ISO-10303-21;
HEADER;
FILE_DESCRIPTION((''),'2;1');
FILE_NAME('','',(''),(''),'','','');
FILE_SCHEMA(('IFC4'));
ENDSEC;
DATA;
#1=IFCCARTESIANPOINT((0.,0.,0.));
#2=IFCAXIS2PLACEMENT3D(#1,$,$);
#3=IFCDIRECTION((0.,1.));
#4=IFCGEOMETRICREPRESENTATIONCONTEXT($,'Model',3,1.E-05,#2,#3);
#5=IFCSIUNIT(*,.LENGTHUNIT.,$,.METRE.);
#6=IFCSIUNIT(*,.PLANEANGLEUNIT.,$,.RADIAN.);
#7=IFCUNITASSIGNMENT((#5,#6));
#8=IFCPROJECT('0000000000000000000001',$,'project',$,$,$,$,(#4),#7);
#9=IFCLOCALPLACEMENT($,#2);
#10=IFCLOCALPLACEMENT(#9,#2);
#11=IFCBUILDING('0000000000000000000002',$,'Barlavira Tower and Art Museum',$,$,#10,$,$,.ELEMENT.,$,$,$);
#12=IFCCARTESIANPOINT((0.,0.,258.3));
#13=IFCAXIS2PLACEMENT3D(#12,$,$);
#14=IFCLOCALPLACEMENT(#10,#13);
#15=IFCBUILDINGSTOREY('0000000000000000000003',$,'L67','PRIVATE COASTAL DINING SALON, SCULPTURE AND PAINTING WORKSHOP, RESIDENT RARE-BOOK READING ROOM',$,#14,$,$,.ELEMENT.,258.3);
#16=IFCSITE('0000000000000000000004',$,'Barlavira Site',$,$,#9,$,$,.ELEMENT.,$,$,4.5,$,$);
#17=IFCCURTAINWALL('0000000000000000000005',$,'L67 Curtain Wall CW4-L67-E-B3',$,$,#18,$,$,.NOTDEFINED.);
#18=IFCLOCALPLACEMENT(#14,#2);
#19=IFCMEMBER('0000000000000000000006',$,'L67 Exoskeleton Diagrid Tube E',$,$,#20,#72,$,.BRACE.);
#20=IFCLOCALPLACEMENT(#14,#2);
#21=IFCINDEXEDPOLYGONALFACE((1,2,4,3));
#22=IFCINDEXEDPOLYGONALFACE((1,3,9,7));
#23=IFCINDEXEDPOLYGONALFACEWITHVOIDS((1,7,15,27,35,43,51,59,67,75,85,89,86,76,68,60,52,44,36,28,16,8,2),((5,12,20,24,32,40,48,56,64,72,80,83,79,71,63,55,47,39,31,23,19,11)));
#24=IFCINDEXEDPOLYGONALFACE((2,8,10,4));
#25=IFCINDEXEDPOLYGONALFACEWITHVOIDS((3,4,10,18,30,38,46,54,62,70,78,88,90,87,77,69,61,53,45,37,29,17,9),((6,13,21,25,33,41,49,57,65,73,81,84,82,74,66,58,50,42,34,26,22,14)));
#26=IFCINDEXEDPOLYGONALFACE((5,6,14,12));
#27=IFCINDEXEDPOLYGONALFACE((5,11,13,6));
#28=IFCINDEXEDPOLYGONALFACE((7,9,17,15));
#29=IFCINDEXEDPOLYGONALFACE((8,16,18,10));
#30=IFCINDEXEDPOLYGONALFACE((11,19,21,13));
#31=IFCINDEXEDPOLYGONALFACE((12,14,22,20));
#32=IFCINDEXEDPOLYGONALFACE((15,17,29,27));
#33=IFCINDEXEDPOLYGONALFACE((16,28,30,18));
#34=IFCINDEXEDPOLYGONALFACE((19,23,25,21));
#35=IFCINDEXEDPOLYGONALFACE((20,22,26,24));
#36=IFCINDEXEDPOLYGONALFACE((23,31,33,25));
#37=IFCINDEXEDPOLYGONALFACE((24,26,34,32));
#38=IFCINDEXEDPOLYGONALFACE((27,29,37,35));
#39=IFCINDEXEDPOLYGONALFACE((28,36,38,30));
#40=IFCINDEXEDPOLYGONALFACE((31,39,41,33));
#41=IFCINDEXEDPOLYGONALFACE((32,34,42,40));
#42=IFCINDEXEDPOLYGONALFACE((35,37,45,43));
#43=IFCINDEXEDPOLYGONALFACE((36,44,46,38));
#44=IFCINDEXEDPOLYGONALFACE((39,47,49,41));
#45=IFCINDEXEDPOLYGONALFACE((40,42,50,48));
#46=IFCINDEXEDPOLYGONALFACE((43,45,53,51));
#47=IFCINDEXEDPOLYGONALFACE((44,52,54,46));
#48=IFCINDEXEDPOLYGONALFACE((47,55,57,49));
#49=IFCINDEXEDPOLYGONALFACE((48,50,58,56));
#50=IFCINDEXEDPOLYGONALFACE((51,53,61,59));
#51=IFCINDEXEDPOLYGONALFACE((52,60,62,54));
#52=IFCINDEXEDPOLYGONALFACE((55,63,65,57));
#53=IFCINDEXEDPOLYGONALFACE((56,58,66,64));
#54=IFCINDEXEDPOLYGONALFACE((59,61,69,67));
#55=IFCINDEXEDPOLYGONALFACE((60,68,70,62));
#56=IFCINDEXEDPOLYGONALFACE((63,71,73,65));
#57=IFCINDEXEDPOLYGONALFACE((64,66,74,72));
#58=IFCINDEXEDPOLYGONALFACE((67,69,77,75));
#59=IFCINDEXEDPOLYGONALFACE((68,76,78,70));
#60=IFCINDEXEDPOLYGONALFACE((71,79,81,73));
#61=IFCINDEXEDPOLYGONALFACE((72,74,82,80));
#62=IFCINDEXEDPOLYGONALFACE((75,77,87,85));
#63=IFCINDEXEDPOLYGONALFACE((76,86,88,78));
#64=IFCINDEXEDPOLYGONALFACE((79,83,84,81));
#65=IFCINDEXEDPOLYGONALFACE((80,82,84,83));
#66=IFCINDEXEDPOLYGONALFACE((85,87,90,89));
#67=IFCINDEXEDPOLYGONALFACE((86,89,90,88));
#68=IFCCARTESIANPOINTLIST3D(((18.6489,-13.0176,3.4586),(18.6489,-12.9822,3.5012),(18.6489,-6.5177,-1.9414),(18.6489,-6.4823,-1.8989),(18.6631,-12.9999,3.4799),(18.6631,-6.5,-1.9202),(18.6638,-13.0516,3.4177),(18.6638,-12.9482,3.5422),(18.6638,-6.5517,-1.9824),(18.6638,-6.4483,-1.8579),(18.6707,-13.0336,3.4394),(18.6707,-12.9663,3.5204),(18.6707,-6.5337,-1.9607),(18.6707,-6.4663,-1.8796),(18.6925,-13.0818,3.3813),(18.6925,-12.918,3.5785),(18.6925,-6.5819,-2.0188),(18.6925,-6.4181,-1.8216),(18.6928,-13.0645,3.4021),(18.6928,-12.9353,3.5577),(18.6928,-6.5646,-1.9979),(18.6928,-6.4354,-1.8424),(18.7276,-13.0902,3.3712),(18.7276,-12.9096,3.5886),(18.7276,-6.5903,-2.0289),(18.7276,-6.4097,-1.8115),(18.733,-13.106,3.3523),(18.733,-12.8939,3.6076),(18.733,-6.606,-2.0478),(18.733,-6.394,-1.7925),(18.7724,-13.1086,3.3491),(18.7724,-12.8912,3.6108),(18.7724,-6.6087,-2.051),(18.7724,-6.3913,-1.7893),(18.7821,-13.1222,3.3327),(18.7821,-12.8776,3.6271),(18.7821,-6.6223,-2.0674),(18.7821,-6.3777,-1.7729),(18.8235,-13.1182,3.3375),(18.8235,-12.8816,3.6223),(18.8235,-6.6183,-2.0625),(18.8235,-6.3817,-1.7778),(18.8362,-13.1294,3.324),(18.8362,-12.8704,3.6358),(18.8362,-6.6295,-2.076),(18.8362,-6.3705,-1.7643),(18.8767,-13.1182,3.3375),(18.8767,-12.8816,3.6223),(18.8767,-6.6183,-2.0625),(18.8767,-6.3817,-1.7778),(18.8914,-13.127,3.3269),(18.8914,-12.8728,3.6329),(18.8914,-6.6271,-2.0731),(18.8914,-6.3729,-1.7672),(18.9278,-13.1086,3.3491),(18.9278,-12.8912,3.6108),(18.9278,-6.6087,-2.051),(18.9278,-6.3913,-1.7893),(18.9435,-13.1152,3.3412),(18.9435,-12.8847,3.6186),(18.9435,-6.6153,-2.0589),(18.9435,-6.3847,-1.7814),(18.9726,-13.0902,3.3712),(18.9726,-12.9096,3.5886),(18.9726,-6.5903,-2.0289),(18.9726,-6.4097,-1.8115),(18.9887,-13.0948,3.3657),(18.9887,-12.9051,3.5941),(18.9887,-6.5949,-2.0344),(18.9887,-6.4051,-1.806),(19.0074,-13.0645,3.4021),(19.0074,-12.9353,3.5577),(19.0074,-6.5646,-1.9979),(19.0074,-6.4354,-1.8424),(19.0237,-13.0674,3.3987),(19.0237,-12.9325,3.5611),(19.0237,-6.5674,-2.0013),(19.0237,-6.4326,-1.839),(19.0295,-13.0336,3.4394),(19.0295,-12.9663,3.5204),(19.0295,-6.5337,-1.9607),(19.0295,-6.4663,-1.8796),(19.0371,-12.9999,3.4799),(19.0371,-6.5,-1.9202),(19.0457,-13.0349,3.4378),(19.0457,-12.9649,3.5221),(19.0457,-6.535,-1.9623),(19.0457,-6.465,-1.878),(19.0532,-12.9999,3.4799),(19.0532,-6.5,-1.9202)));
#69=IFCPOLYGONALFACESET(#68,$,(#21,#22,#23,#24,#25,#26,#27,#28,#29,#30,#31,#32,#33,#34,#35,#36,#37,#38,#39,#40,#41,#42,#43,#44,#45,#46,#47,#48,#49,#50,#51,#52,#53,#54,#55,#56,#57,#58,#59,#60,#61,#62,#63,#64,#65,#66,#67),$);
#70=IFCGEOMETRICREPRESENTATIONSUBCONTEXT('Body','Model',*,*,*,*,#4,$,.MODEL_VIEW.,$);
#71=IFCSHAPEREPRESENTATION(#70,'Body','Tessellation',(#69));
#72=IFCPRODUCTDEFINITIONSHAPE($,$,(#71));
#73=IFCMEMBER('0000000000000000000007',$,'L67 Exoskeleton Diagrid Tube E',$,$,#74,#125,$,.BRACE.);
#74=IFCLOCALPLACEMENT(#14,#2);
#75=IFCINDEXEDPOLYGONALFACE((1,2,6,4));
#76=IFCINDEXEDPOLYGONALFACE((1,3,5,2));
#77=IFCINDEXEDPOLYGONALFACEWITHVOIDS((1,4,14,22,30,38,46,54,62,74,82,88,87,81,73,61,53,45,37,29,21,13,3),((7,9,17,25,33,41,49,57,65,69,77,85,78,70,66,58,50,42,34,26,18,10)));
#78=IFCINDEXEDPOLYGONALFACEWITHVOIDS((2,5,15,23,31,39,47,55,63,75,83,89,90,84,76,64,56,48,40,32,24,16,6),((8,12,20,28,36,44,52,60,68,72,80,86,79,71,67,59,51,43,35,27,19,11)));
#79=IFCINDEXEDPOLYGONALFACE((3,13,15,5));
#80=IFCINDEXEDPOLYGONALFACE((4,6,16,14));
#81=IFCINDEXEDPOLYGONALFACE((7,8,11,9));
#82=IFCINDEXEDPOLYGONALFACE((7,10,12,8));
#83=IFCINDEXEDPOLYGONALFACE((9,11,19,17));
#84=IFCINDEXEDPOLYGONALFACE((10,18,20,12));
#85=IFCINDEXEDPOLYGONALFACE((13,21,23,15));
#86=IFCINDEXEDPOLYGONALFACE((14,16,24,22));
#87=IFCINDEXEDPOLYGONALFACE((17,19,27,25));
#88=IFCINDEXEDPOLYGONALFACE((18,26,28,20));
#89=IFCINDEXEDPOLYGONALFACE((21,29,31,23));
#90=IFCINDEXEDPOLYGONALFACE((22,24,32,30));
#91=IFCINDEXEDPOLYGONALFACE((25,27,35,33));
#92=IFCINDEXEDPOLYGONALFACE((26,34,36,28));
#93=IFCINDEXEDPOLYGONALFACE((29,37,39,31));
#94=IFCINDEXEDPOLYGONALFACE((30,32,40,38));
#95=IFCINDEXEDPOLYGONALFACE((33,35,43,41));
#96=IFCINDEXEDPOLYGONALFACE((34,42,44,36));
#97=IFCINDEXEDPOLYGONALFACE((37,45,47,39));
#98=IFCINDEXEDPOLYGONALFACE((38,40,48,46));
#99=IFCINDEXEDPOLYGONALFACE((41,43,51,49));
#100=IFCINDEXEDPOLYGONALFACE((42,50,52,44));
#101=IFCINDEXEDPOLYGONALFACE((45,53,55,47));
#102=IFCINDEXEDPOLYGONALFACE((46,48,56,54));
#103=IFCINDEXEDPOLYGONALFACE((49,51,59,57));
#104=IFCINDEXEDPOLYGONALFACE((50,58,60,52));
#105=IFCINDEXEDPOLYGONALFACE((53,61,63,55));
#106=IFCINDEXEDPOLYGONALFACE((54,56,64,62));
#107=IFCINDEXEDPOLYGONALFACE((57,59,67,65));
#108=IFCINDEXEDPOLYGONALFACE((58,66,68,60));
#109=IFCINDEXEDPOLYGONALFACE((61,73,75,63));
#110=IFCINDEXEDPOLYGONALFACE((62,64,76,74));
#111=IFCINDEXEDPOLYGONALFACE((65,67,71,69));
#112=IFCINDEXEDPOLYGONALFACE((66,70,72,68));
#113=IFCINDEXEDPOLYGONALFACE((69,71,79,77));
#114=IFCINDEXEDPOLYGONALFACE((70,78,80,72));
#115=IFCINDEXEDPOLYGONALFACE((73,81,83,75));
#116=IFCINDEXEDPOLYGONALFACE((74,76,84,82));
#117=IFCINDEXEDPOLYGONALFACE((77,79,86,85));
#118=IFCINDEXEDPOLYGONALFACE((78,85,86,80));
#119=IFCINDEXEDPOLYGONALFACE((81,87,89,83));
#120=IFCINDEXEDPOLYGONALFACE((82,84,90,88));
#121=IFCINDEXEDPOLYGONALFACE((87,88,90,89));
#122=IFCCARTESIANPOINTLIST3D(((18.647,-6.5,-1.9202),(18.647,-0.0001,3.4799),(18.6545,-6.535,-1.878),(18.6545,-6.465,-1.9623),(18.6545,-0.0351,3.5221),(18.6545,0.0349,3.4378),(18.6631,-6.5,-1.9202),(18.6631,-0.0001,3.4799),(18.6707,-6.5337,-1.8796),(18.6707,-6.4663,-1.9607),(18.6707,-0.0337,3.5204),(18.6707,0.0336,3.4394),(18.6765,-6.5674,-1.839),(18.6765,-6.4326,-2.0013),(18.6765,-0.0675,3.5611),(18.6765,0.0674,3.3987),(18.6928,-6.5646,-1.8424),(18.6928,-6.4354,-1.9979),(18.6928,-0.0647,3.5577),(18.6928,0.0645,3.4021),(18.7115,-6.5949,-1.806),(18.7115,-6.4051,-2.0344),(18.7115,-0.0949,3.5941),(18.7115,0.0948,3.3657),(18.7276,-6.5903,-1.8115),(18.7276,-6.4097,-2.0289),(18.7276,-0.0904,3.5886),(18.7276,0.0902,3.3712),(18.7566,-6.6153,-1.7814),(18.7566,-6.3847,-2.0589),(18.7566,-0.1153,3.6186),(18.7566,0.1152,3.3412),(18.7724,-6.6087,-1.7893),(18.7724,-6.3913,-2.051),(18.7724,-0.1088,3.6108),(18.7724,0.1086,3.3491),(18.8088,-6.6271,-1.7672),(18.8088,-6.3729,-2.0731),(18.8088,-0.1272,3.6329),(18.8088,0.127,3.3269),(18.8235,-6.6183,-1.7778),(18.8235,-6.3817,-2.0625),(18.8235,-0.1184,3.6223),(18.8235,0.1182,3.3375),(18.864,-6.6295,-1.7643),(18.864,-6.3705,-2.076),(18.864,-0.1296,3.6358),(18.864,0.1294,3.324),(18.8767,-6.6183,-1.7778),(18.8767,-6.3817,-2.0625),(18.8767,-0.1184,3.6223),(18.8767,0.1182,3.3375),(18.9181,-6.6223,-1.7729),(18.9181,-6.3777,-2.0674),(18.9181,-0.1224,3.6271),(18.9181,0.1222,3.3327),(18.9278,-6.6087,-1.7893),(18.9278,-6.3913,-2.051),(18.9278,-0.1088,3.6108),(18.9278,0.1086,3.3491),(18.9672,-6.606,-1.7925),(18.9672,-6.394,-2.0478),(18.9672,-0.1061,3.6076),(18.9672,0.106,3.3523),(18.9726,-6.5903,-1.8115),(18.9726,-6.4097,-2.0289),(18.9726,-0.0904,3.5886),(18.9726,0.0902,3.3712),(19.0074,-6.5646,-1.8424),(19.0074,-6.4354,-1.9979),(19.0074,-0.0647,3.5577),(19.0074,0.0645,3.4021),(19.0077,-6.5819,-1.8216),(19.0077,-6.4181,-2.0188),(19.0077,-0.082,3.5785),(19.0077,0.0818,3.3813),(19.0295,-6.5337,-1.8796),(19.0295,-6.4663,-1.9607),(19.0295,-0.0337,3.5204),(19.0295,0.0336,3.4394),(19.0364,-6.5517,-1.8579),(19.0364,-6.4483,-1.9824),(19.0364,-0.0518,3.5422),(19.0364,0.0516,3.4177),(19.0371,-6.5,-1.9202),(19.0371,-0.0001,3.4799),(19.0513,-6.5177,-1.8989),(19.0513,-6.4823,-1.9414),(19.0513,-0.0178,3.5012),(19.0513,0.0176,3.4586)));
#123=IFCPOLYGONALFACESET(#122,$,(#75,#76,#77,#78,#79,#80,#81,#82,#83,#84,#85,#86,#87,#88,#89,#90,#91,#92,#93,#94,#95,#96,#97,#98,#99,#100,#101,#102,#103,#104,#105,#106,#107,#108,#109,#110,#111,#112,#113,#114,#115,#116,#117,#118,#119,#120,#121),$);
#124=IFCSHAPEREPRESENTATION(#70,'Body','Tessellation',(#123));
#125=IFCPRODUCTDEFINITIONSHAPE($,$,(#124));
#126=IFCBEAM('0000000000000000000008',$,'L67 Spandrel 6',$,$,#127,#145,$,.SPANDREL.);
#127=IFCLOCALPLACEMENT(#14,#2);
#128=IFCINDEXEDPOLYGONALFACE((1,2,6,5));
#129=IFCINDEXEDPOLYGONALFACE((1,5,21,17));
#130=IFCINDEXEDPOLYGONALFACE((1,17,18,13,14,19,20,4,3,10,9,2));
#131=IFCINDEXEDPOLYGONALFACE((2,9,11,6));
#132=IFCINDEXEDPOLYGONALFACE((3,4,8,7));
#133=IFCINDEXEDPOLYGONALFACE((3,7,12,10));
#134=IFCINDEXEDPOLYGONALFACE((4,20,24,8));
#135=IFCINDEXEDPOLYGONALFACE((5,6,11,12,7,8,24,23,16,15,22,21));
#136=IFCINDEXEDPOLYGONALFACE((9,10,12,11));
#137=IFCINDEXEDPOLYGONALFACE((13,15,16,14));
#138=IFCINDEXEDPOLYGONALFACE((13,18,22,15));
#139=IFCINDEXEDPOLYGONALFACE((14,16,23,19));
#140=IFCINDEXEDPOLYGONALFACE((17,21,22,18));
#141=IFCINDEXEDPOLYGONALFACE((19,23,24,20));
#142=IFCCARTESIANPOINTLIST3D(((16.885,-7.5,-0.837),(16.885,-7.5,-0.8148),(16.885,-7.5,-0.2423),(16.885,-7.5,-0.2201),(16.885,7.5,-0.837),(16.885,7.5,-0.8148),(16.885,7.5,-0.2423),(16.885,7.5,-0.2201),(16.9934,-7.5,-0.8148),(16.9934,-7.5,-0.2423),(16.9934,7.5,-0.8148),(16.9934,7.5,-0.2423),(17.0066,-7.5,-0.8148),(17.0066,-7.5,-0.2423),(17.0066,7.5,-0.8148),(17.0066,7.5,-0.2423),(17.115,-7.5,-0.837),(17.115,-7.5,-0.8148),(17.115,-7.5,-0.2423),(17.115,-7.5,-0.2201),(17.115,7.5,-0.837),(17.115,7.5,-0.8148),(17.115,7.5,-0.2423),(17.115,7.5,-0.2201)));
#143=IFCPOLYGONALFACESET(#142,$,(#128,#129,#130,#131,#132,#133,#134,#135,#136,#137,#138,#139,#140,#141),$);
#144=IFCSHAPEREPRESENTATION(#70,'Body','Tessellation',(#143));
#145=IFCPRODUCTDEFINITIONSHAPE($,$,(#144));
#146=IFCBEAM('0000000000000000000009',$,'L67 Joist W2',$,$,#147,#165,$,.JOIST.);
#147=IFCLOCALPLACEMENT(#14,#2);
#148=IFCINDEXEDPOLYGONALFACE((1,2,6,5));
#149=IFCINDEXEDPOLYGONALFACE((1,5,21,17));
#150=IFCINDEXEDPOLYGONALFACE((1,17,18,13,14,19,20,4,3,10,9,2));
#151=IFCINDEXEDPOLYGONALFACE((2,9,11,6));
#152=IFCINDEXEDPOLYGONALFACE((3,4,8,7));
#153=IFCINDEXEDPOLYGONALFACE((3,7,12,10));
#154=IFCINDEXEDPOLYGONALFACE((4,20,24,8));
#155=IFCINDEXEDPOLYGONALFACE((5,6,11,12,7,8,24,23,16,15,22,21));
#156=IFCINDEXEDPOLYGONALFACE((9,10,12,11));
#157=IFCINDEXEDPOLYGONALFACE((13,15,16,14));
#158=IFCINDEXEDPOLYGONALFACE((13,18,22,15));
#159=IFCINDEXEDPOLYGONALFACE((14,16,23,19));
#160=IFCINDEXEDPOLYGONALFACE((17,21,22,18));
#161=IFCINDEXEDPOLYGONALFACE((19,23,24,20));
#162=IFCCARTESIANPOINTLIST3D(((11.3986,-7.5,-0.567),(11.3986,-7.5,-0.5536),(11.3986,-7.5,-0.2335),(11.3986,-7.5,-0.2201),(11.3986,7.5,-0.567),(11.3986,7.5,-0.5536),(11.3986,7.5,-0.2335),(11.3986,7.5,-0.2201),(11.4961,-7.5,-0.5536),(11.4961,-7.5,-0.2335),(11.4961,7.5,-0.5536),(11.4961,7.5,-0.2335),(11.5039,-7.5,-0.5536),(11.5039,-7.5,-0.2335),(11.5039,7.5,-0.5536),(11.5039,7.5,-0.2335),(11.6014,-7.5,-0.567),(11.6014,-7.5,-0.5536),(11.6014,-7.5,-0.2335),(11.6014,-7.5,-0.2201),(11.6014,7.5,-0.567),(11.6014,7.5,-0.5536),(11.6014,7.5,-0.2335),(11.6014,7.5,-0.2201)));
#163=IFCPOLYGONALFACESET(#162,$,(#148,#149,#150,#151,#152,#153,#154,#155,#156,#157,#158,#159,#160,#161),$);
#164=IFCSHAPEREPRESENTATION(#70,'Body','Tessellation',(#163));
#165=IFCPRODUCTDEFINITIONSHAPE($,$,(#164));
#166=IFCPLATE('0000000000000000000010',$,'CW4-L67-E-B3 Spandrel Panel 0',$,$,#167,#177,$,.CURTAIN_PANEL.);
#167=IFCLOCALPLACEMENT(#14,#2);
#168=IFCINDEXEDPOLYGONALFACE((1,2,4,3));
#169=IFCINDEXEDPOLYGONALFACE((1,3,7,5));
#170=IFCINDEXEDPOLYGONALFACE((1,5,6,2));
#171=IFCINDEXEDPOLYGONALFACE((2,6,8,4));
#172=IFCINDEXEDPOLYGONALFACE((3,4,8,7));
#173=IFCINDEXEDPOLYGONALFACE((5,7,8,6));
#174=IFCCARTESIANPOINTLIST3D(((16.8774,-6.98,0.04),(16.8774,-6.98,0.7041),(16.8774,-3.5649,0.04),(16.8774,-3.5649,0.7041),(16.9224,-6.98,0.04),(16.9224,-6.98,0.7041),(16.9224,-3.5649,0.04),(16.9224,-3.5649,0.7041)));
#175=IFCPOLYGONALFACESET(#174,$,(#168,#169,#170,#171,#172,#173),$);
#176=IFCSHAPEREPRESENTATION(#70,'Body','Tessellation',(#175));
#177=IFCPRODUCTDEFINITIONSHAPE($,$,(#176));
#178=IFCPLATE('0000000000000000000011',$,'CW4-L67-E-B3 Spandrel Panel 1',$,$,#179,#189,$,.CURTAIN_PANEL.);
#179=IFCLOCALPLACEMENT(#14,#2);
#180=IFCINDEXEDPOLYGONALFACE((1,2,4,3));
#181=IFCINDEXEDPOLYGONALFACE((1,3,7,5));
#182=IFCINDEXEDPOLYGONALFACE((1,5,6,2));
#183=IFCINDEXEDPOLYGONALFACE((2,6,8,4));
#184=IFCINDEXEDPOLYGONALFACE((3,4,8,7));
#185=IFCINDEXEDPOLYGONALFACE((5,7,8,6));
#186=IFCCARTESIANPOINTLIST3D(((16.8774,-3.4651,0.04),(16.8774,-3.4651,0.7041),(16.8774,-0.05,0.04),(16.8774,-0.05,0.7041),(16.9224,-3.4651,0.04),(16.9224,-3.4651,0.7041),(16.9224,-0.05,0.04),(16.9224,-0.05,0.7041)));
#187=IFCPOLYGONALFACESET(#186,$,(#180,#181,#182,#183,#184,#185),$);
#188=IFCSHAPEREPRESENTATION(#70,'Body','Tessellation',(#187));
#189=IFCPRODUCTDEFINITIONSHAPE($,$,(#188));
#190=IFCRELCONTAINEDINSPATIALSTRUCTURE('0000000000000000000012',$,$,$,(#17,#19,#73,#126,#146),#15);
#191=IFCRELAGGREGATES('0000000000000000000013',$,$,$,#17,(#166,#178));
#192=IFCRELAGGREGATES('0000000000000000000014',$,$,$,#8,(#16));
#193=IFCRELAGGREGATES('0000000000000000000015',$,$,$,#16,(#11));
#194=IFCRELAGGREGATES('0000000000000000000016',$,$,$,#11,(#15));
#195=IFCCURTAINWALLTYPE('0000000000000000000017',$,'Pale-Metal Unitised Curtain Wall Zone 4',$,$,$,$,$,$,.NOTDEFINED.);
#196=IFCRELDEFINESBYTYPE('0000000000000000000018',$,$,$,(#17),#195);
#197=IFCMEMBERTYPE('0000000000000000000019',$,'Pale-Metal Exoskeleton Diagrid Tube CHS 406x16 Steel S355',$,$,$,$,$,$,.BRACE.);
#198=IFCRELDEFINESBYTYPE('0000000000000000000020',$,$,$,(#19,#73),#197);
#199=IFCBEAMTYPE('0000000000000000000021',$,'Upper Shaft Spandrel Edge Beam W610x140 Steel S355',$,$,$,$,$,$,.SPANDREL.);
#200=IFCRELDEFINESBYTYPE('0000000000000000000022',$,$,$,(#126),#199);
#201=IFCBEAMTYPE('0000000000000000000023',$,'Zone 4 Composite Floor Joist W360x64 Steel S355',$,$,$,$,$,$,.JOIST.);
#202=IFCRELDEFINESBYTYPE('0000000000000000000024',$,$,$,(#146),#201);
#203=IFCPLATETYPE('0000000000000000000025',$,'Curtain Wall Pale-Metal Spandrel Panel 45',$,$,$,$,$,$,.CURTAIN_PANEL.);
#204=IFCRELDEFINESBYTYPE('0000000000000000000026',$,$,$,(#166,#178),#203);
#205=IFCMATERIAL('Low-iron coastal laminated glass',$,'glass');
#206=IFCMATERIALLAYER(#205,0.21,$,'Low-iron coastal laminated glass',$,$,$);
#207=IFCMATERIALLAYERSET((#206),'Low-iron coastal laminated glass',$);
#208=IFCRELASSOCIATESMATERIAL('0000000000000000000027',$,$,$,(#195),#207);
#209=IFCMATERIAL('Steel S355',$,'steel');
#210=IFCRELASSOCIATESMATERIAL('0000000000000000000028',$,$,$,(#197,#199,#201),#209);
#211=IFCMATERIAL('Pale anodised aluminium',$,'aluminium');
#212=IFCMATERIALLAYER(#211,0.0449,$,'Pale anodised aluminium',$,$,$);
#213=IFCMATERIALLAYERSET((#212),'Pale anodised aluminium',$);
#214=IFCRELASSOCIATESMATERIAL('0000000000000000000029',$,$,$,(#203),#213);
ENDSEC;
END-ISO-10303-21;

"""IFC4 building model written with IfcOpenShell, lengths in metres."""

from ifc_helpers import new_model, si_unit, direction, frame, origin, origin_2d, place, context, subcontext, project, spatial, rectangle, hollow_circle, i_section, extrude, material, layer, layer_set, material_profile, profile_set, type_object, element, aggregate, save


model = new_model("IFC4")

# Units and contexts
model_context = context("Model", 3, precision=1e-05, world=origin(), true_north=direction((0.0, 1.0)))
body_context = subcontext(model_context, "Body", "Model", "MODEL_VIEW")
ifc_project = project(units=[si_unit("LENGTHUNIT", "METRE"), si_unit("PLANEANGLEUNIT", "RADIAN")], contexts=[model_context])

# Site, building, storey
site_placement = place(None, origin())
site = spatial("IfcSite", under=ifc_project, at=site_placement, Name="Barlavira Site", CompositionType="ELEMENT", RefElevation=4.5)
building_placement = place(site_placement, origin())
building = spatial("IfcBuilding", under=site, at=building_placement, Name="Barlavira Tower and Art Museum", CompositionType="ELEMENT")
storey_placement = place(building_placement, frame((0.0, 0.0, 258.3)))
storey = spatial("IfcBuildingStorey", under=building, at=storey_placement, Name="L67", Description="PRIVATE COASTAL DINING SALON, SCULPTURE AND PAINTING WORKSHOP, RESIDENT RARE-BOOK READING ROOM", CompositionType="ELEMENT", Elevation=258.3)

# Curtain wall
ifc_material_1 = material(Name="Low-iron coastal laminated glass", Category="glass")
ifc_layer_1 = layer(ifc_material_1, 0.21, Name="Low-iron coastal laminated glass")
ifc_layer_set_1 = layer_set([ifc_layer_1], Name="Low-iron coastal laminated glass")
curtain_wall_type = type_object("IfcCurtainWallType", Name="Pale-Metal Unitised Curtain Wall Zone 4", PredefinedType="NOTDEFINED", material=ifc_layer_set_1)
curtain_wall_placement = place(storey_placement, origin())
curtain_wall = element("IfcCurtainWall", 1, at=curtain_wall_placement, inside=storey, type_object=curtain_wall_type, Name="L67 Curtain Wall CW4-L67-E-B3", PredefinedType="NOTDEFINED")
ifc_material_2 = material(Name="Pale anodised aluminium", Category="aluminium")

# Members
ifc_material_3 = material(Name="Steel S355", Category="steel")
ifc_material_profile_1 = material_profile(ifc_material_3, hollow_circle(Radius=0.2031, WallThickness=0.0161, at=origin_2d()), Name="CHS 406.4x16.0")
ifc_profile_set_1 = profile_set([ifc_material_profile_1], Name="Steel S355")
member_type_1 = type_object("IfcMemberType", Name="Pale-Metal Exoskeleton Diagrid Tube CHS 406x16 Steel S355", PredefinedType="BRACE", material=ifc_profile_set_1)
for number, where, z_axis, x_axis, name in (
    (2, (18.8501, -6.5, -1.9202), (0.0, -0.769182, 0.63903), (1.0, 0.0, 0.0), "L67 Exoskeleton Diagrid Tube E"),
    (3, (18.8501, -6.5, -1.9202), (0.0, 0.769182, 0.63903), (-1.0, 0.0, 0.0), "L67 Exoskeleton Diagrid Tube E"),
):
    element("IfcMember", number, at=place(storey_placement, frame(where, z_axis=z_axis, x_axis=x_axis)), inside=storey, type_object=member_type_1, Name=name, PredefinedType="BRACE", context=body_context, shape_type="SweptSolid", body=[
        extrude(hollow_circle(Radius=0.2031, WallThickness=0.0161, at=origin_2d()), origin(), (0.0, 0.0, 1.0), 8.4504),
    ])

# Beams
ifc_material_profile_2 = material_profile(ifc_material_3, i_section(OverallWidth=0.23, OverallDepth=0.6169, WebThickness=0.0132, FlangeThickness=0.0222, at=origin_2d()), Name="W610x140.0")
ifc_profile_set_2 = profile_set([ifc_material_profile_2], Name="Steel S355")
beam_type_1 = type_object("IfcBeamType", Name="Upper Shaft Spandrel Edge Beam W610x140 Steel S355", PredefinedType="SPANDREL", material=ifc_profile_set_2)
beam_1_placement = place(storey_placement, frame((17.0, -7.5, -0.5286), z_axis=(0.0, 1.0, 0.0), x_axis=(-1.0, 0.0, 0.0)))
element("IfcBeam", 4, at=beam_1_placement, inside=storey, type_object=beam_type_1, Name="L67 Spandrel 6", PredefinedType="SPANDREL", context=body_context, shape_type="SweptSolid", body=[
    extrude(i_section(OverallWidth=0.23, OverallDepth=0.6169, WebThickness=0.0132, FlangeThickness=0.0222, at=origin_2d()), origin(), (0.0, 0.0, 1.0), 15.0),
])
ifc_material_profile_3 = material_profile(ifc_material_3, i_section(OverallWidth=0.2029, OverallDepth=0.3469, WebThickness=0.0078, FlangeThickness=0.0134, at=origin_2d()), Name="W360x64.0")
ifc_profile_set_3 = profile_set([ifc_material_profile_3], Name="Steel S355")
beam_type_2 = type_object("IfcBeamType", Name="Zone 4 Composite Floor Joist W360x64 Steel S355", PredefinedType="JOIST", material=ifc_profile_set_3)
beam_2_placement = place(storey_placement, frame((11.5, -7.5, -0.3936), z_axis=(0.0, 1.0, 0.0), x_axis=(-1.0, 0.0, 0.0)))
element("IfcBeam", 5, at=beam_2_placement, inside=storey, type_object=beam_type_2, Name="L67 Joist W2", PredefinedType="JOIST", context=body_context, shape_type="SweptSolid", body=[
    extrude(i_section(OverallWidth=0.2029, OverallDepth=0.3469, WebThickness=0.0078, FlangeThickness=0.0134, at=origin_2d()), origin(), (0.0, 0.0, 1.0), 15.0),
])

# Plates
ifc_layer_2 = layer(ifc_material_2, 0.0449, Name="Pale anodised aluminium")
ifc_layer_set_2 = layer_set([ifc_layer_2], Name="Pale anodised aluminium")
plate_type_1 = type_object("IfcPlateType", Name="Curtain Wall Pale-Metal Spandrel Panel 45", PredefinedType="CURTAIN_PANEL", material=ifc_layer_set_2)
plate_1_placement = place(storey_placement, frame((16.8999, -5.2725, 0.04), z_axis=(0.0, 0.0, 1.0), x_axis=(0.0, 1.0, 0.0)))
plate_1 = element("IfcPlate", 6, at=plate_1_placement, type_object=plate_type_1, Name="CW4-L67-E-B3 Spandrel Panel 0", PredefinedType="CURTAIN_PANEL", context=body_context, shape_type="SweptSolid", body=[
    extrude(rectangle(XDim=3.415, YDim=0.0449, at=origin_2d()), origin(), (0.0, 0.0, 1.0), 0.6641),
])
plate_2_placement = place(storey_placement, frame((16.8999, -1.7576, 0.04), z_axis=(0.0, 0.0, 1.0), x_axis=(0.0, 1.0, 0.0)))
plate_2 = element("IfcPlate", 7, at=plate_2_placement, type_object=plate_type_1, Name="CW4-L67-E-B3 Spandrel Panel 1", PredefinedType="CURTAIN_PANEL", context=body_context, shape_type="SweptSolid", body=[
    extrude(rectangle(XDim=3.415, YDim=0.0449, at=origin_2d()), origin(), (0.0, 0.0, 1.0), 0.6641),
])
aggregate(curtain_wall, [plate_1, plate_2])

save(model, "model.ifc")
